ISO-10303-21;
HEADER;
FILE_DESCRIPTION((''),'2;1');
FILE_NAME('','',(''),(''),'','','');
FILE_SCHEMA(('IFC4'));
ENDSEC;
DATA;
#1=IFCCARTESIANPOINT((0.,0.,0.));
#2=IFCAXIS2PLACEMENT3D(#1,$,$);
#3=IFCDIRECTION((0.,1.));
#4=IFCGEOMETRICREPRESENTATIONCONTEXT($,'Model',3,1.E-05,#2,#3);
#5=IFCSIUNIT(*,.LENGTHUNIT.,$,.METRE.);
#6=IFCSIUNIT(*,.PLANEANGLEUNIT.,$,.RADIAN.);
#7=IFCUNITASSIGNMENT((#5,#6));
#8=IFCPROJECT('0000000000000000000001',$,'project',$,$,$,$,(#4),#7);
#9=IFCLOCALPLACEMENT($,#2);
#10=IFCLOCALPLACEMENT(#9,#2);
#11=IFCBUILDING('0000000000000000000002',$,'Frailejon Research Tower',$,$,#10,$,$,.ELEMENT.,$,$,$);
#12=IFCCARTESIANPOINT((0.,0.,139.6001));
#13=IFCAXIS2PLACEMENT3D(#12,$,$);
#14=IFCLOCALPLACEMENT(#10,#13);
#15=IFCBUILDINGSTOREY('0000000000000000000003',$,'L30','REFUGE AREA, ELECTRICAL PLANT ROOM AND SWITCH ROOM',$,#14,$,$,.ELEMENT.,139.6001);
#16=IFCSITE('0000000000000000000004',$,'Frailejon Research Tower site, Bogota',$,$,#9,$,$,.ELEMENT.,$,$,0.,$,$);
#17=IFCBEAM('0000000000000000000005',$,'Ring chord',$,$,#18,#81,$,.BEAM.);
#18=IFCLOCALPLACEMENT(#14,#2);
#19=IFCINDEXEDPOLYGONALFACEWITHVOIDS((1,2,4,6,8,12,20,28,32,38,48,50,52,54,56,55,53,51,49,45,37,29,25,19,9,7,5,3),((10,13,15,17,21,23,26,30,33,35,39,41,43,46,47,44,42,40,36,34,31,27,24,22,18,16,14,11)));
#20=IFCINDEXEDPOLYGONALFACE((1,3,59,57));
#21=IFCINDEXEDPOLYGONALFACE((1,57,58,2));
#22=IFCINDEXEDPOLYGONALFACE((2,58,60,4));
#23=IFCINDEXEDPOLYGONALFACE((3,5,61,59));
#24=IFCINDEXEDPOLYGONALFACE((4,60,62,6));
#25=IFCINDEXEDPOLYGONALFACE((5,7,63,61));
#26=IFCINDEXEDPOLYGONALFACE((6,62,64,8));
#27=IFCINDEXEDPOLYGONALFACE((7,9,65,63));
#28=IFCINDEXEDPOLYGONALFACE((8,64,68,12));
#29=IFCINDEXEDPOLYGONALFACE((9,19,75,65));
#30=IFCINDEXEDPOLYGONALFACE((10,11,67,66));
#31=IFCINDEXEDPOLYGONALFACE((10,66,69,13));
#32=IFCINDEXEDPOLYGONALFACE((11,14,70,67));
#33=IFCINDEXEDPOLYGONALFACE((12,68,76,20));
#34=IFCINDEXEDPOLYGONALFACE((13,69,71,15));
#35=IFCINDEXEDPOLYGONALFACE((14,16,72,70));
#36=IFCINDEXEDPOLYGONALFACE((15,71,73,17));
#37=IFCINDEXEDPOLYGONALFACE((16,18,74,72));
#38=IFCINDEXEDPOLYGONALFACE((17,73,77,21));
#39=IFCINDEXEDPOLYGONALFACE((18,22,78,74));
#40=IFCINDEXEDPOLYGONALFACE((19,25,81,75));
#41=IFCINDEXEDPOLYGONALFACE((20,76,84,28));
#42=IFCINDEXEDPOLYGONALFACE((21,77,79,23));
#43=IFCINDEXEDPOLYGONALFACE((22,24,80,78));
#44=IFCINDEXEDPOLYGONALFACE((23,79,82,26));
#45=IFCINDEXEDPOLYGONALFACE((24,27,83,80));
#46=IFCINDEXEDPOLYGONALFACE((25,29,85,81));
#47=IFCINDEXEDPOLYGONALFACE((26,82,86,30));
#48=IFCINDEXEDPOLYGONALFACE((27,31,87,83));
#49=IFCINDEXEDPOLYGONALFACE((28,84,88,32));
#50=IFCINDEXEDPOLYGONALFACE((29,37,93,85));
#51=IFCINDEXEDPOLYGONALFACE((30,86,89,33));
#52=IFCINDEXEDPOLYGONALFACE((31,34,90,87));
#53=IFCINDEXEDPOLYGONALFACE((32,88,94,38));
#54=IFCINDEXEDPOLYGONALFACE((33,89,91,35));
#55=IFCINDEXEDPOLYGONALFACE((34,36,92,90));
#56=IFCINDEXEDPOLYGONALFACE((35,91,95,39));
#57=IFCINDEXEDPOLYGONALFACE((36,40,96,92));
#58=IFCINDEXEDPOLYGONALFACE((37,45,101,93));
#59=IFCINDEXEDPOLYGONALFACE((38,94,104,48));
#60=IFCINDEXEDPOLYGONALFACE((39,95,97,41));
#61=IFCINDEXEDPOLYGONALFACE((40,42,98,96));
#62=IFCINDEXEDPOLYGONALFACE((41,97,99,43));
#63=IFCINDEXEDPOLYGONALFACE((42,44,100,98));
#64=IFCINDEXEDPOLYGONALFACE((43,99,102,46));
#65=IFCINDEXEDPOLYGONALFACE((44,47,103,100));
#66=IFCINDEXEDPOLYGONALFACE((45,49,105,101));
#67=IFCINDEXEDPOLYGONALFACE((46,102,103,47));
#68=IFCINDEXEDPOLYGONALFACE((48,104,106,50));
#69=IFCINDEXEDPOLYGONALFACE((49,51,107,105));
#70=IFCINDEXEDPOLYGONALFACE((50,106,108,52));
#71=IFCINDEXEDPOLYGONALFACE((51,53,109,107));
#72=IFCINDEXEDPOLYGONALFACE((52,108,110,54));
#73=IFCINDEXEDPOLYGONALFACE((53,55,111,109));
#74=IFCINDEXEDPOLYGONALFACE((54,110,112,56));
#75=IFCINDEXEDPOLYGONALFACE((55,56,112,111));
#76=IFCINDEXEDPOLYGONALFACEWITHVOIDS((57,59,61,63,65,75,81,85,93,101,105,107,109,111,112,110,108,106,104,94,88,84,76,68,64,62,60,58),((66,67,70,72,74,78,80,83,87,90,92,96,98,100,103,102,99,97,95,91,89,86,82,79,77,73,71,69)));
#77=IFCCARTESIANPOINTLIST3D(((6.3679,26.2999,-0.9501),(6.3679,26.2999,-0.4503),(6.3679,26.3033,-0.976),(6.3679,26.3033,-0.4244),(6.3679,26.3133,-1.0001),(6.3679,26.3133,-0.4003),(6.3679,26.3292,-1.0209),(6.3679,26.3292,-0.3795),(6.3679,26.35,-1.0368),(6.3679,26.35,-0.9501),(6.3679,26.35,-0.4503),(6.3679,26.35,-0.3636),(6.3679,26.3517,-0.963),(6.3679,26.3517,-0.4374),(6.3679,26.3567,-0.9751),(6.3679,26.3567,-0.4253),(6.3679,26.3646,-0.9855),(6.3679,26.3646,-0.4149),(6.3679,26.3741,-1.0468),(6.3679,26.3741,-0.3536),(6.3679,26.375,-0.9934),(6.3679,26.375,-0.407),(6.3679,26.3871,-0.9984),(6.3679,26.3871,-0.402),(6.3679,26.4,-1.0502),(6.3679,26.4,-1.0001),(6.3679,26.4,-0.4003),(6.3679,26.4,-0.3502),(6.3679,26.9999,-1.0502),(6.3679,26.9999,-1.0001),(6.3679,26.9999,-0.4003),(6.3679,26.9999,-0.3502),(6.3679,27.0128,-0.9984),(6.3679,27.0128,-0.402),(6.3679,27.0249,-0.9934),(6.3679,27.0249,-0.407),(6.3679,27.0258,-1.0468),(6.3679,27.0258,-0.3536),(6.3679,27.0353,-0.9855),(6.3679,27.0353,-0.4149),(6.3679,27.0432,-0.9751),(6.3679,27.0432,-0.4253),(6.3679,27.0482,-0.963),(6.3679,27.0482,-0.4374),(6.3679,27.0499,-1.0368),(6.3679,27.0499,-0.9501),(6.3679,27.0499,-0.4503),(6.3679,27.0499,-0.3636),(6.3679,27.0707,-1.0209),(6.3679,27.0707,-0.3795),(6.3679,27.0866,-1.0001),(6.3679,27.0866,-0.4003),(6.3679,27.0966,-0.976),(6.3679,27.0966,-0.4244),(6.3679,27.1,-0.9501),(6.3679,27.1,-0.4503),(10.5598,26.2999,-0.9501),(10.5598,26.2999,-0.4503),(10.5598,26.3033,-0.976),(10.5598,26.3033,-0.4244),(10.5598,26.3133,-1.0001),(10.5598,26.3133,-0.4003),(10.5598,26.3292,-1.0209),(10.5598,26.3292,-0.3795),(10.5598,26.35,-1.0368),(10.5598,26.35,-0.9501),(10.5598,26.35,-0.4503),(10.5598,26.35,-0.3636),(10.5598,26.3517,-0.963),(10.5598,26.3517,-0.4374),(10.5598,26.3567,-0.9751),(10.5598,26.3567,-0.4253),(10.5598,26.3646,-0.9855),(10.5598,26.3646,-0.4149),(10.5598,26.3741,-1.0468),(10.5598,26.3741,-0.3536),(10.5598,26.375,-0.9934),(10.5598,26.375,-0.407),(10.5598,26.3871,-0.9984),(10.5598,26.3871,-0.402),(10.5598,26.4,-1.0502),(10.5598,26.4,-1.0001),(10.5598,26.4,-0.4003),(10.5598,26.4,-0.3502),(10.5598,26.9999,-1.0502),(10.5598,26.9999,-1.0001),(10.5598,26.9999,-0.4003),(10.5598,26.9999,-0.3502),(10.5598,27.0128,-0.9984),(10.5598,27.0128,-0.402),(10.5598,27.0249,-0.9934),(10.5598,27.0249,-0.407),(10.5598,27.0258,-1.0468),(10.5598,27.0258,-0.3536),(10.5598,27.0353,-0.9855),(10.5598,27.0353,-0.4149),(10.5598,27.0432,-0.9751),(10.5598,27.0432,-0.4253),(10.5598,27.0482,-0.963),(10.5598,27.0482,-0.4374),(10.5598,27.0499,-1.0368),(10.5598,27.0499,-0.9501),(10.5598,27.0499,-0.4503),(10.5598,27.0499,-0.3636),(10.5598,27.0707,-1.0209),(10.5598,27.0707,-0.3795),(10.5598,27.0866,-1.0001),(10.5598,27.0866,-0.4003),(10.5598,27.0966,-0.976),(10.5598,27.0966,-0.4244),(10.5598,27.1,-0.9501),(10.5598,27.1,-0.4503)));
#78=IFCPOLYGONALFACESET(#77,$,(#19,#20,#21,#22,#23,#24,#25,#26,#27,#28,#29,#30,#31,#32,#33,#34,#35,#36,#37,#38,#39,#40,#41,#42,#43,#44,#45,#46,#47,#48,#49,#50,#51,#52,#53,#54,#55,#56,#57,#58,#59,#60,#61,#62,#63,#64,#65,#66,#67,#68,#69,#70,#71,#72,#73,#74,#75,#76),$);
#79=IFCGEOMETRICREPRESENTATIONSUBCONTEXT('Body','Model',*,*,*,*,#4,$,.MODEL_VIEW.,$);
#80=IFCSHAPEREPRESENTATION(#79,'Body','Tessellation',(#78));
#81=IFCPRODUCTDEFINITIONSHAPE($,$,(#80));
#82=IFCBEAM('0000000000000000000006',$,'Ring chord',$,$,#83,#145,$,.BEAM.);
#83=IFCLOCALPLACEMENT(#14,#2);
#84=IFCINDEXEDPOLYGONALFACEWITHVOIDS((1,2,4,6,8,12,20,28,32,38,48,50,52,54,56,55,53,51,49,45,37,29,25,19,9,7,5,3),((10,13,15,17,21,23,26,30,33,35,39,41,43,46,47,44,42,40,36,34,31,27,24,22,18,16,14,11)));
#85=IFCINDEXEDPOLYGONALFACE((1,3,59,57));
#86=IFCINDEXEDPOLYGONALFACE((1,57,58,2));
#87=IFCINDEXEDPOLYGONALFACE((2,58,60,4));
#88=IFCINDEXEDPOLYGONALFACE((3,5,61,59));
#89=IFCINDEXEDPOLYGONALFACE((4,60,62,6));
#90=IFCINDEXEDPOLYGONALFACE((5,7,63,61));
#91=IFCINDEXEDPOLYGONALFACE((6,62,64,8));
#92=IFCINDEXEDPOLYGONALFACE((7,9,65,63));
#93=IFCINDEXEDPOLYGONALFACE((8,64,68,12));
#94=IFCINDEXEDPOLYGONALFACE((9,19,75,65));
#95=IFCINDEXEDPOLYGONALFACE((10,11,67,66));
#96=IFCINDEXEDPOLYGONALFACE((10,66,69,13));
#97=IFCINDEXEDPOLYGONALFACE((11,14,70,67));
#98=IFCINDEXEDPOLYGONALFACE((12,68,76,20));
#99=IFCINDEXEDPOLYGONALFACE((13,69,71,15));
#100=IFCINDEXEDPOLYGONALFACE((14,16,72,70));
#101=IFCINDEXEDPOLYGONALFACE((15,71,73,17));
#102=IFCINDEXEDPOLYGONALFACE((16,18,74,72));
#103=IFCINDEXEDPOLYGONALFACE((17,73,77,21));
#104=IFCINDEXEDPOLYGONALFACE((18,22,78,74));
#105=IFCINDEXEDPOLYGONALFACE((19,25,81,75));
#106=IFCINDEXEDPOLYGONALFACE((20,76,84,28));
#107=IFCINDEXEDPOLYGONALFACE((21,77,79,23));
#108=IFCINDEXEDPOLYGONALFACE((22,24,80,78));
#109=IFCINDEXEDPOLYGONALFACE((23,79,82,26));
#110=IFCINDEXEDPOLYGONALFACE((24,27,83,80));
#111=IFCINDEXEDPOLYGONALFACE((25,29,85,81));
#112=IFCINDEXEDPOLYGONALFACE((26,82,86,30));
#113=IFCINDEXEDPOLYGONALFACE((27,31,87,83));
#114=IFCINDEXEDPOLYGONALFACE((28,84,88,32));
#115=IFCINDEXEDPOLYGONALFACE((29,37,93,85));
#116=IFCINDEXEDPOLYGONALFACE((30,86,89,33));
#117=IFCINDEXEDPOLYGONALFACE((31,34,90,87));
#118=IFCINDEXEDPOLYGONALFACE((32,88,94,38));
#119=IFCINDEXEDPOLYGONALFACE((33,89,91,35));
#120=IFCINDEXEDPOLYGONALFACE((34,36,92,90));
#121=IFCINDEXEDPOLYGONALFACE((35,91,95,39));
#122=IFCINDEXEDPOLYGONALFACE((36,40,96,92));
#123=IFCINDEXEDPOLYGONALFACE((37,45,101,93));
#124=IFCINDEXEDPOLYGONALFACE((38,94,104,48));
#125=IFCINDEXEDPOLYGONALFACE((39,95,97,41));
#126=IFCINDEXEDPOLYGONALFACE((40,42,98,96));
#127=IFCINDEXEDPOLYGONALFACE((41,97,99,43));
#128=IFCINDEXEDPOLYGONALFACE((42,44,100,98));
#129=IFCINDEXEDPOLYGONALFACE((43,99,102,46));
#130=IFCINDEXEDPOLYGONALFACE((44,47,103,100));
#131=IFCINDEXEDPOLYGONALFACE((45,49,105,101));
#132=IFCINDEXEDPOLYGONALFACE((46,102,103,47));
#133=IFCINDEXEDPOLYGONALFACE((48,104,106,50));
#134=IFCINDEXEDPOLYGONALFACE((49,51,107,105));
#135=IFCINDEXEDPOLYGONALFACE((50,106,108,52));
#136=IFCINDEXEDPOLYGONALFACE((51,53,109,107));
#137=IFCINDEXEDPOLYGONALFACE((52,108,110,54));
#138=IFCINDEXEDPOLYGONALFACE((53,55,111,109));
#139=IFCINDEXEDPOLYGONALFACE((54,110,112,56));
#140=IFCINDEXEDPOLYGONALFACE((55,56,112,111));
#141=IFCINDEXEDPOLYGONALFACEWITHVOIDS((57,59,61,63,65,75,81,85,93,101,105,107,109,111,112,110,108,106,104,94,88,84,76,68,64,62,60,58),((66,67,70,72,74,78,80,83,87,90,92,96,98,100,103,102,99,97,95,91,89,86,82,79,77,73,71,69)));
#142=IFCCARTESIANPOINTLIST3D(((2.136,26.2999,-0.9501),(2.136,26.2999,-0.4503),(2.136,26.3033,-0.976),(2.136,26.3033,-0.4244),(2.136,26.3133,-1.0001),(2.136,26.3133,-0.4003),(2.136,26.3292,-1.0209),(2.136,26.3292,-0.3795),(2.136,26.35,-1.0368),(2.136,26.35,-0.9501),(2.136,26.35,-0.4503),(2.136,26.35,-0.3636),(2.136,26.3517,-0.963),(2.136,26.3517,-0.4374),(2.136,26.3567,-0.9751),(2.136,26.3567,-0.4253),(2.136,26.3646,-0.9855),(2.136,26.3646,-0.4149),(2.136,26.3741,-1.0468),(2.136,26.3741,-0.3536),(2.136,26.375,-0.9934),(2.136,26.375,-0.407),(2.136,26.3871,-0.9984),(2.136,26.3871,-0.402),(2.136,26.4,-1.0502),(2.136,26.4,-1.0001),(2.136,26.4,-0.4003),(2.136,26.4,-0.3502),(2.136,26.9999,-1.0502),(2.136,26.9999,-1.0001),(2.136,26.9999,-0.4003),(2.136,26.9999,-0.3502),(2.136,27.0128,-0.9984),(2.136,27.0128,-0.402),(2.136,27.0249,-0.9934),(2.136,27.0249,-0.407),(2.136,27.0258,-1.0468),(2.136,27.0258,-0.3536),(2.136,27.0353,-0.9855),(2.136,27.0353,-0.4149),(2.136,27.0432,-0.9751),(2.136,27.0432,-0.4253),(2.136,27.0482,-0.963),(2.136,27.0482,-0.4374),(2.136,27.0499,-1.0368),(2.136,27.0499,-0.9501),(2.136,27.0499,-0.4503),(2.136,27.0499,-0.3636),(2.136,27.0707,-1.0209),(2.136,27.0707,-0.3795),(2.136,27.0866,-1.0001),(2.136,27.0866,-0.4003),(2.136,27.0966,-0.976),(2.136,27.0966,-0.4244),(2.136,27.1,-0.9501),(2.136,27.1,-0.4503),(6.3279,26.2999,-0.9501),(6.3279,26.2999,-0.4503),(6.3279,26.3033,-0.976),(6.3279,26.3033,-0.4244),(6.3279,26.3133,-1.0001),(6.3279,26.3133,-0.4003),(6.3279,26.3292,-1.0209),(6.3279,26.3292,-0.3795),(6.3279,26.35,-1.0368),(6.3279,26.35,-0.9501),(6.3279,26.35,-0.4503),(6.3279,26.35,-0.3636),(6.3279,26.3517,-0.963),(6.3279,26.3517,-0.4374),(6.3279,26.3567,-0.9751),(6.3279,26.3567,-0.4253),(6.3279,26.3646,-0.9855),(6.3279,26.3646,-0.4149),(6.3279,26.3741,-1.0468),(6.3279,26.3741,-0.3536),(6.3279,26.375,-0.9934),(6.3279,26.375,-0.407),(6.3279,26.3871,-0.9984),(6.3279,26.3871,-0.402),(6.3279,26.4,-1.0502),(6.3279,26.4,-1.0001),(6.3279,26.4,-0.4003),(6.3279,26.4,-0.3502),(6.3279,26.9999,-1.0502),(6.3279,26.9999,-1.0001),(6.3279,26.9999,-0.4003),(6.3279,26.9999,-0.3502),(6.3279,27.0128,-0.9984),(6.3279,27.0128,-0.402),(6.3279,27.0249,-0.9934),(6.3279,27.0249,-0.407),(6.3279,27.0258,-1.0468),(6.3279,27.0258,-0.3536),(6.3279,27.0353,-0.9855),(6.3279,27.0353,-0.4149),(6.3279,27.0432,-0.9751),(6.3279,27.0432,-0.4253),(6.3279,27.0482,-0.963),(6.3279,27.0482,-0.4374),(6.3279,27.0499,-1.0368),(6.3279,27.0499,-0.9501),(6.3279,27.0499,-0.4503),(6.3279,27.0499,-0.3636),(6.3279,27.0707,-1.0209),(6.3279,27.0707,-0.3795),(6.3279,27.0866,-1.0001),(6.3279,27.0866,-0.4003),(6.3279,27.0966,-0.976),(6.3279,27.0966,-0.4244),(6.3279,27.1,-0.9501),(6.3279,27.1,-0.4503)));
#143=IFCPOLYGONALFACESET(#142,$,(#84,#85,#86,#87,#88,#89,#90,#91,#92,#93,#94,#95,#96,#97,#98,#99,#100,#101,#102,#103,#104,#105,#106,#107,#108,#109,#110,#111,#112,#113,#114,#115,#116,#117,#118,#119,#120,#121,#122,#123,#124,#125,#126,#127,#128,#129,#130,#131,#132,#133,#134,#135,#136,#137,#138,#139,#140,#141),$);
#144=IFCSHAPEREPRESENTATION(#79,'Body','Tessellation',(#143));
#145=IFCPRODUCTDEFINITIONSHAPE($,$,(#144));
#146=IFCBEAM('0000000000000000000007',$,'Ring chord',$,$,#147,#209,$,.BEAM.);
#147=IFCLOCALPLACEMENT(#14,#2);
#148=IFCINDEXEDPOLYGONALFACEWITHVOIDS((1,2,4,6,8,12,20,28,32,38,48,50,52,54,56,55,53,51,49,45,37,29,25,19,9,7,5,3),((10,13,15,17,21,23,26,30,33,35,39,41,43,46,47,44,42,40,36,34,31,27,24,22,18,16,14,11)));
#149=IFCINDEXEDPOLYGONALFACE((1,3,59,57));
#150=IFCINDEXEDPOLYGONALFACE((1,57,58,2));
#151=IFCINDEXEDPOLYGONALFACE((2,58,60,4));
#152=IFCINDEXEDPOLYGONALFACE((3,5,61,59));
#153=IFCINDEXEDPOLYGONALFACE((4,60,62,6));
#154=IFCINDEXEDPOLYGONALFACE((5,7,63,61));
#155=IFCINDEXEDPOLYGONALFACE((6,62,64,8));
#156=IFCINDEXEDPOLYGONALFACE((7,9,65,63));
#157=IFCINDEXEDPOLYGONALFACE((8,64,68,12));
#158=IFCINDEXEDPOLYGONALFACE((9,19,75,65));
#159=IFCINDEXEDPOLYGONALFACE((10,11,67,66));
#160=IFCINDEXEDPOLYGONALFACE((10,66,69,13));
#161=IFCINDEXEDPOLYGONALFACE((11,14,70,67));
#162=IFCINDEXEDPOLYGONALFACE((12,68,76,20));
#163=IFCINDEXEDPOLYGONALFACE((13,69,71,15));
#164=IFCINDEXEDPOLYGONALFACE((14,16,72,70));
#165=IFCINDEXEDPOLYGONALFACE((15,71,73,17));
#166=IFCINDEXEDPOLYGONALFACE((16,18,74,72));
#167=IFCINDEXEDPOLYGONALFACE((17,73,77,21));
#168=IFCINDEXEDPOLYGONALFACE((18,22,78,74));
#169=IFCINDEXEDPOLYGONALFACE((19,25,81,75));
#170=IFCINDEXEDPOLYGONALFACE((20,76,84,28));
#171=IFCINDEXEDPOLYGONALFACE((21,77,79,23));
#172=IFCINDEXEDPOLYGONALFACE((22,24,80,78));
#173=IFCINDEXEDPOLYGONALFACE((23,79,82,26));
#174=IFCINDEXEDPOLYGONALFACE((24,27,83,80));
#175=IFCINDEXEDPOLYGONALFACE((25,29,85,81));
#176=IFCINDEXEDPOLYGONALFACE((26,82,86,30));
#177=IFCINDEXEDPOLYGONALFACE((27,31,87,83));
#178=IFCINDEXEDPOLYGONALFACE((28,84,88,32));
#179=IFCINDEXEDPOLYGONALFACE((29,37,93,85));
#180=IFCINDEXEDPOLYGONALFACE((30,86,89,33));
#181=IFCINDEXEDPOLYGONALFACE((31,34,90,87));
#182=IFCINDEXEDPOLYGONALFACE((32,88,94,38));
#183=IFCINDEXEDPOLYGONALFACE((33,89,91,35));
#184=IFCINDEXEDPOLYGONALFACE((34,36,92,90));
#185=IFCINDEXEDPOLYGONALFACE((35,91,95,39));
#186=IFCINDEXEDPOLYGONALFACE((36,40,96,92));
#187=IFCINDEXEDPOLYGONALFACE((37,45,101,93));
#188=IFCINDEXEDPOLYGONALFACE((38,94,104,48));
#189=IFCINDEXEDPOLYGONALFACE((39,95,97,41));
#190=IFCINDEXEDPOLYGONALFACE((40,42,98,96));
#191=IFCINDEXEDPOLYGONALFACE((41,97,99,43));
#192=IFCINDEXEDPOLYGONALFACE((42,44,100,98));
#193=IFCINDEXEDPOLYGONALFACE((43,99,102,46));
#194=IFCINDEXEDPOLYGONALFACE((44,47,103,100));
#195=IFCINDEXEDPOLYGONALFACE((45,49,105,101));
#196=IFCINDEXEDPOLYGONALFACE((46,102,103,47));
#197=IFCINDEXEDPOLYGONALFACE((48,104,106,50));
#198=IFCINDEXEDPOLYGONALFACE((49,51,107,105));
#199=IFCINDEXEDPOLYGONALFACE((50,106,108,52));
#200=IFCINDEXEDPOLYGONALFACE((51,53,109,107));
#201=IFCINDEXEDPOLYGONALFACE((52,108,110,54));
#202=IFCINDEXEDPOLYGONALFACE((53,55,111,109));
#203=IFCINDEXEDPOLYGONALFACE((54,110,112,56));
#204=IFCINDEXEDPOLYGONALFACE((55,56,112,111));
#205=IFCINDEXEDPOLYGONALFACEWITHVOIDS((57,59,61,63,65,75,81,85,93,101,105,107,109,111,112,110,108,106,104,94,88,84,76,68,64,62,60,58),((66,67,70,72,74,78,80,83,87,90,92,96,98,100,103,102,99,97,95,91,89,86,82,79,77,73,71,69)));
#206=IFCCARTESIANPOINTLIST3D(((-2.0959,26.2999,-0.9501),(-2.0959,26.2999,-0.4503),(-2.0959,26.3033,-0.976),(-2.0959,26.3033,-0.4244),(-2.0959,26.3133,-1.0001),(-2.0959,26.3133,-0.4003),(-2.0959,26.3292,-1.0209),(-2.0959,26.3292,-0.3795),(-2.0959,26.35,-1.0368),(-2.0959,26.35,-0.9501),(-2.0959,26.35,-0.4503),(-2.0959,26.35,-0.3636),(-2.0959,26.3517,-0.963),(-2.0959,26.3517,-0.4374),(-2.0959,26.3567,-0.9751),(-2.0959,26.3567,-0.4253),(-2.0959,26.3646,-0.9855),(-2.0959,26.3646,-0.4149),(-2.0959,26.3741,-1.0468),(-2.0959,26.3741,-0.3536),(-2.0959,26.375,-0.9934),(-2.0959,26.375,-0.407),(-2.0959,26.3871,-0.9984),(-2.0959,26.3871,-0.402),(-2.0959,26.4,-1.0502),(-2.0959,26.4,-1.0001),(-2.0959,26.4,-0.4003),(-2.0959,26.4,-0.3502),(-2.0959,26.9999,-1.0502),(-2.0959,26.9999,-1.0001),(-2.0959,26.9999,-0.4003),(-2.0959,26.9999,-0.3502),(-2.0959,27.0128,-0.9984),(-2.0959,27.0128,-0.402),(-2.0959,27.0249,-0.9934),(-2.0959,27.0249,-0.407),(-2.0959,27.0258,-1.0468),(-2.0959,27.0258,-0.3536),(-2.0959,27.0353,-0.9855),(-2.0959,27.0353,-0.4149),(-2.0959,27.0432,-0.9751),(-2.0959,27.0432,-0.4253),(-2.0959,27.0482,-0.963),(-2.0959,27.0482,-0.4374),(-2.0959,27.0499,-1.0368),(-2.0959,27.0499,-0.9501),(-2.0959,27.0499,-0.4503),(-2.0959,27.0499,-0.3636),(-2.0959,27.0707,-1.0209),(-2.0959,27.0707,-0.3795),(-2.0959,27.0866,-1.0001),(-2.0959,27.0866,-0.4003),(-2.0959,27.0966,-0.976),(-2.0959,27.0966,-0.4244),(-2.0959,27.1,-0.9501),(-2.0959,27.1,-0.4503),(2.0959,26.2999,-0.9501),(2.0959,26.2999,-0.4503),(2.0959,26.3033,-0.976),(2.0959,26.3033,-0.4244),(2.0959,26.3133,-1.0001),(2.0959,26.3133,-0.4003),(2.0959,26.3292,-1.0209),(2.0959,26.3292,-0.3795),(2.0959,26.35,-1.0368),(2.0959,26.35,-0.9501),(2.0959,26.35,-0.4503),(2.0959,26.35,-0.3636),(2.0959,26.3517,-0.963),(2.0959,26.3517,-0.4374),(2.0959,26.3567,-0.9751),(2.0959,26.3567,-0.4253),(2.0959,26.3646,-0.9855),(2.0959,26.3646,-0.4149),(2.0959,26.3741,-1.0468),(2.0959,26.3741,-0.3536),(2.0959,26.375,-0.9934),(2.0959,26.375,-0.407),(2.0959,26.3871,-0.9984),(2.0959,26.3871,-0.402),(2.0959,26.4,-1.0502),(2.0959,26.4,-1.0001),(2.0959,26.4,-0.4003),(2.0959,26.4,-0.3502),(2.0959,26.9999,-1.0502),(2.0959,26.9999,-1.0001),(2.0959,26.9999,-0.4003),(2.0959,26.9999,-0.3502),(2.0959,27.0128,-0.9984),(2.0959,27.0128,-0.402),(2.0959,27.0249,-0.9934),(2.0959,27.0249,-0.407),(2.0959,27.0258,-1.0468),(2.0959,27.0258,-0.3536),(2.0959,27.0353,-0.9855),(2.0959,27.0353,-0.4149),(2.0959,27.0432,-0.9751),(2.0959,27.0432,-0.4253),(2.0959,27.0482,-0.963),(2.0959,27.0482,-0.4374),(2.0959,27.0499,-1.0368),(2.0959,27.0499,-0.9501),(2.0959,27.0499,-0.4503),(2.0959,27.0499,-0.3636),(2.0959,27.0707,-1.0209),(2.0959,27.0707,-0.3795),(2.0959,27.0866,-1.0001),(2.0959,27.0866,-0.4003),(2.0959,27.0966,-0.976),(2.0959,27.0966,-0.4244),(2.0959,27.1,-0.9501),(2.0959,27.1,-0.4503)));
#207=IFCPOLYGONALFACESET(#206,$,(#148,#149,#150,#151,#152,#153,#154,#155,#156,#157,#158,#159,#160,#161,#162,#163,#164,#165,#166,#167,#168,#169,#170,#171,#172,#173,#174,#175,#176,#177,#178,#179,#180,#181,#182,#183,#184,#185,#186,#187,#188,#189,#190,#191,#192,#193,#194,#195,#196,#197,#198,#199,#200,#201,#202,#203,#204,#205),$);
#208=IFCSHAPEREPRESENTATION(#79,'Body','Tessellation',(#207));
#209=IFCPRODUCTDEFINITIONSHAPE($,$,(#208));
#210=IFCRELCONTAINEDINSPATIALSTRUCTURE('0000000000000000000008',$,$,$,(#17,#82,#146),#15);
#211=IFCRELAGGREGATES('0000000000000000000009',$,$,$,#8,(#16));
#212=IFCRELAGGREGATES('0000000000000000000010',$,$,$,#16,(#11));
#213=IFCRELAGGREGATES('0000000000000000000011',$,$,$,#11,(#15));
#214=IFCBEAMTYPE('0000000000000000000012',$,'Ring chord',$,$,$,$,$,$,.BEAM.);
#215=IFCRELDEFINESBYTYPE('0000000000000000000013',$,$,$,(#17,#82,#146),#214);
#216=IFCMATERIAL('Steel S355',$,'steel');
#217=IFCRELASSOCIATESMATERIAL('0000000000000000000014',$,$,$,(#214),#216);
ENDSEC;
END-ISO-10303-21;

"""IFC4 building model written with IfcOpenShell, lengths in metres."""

from ifc_helpers import new_model, si_unit, direction, frame, origin, origin_2d, place, context, subcontext, project, spatial, hollow_rectangle, extrude, material, material_profile, profile_set, type_object, element, save


model = new_model("IFC4")

# Units and contexts
model_context = context("Model", 3, precision=1e-05, world=origin(), true_north=direction((0.0, 1.0)))
body_context = subcontext(model_context, "Body", "Model", "MODEL_VIEW")
ifc_project = project(units=[si_unit("LENGTHUNIT", "METRE"), si_unit("PLANEANGLEUNIT", "RADIAN")], contexts=[model_context])

# Site, building, storey
site_placement = place(None, origin())
site = spatial("IfcSite", under=ifc_project, at=site_placement, Name="Frailejon Research Tower site, Bogota", CompositionType="ELEMENT", RefElevation=0.0)
building_placement = place(site_placement, origin())
building = spatial("IfcBuilding", under=site, at=building_placement, Name="Frailejon Research Tower", CompositionType="ELEMENT")
storey_placement = place(building_placement, frame((0.0, 0.0, 139.6001)))
storey = spatial("IfcBuildingStorey", under=building, at=storey_placement, Name="L30", Description="REFUGE AREA, ELECTRICAL PLANT ROOM AND SWITCH ROOM", CompositionType="ELEMENT", Elevation=139.6001)

# Beams
ifc_material_1 = material(Name="Steel S355", Category="steel")
ifc_material_profile_1 = material_profile(ifc_material_1, hollow_rectangle(XDim=0.8, YDim=0.7, WallThickness=0.05, InnerFilletRadius=0.05, OuterFilletRadius=0.1001, at=origin_2d()), Name="Ring chord")
ifc_profile_set_1 = profile_set([ifc_material_profile_1], Name="Steel S355")
beam_type_1 = type_object("IfcBeamType", Name="Ring chord", PredefinedType="BEAM", material=ifc_profile_set_1)
for number, where, z_axis, x_axis, name in (
    (1, (10.5598, 26.7, -0.7002), (-1.0, 0.0, 0.0), (0.0, -1.0, 0.0), "Ring chord"),
    (2, (6.3279, 26.7, -0.7002), (-1.0, 0.0, 0.0), (0.0, -1.0, 0.0), "Ring chord"),
    (3, (2.0959, 26.7, -0.7002), (-1.0, 0.0, 0.0), (0.0, -1.0, 0.0), "Ring chord"),
):
    element("IfcBeam", number, at=place(storey_placement, frame(where, z_axis=z_axis, x_axis=x_axis)), inside=storey, type_object=beam_type_1, Name=name, PredefinedType="BEAM", context=body_context, shape_type="SweptSolid", body=[
        extrude(hollow_rectangle(XDim=0.8, YDim=0.7, WallThickness=0.05, InnerFilletRadius=0.05, OuterFilletRadius=0.1001, at=origin_2d()), origin(), (0.0, 0.0, 1.0), 4.1919),
    ])

save(model, "model.ifc")
